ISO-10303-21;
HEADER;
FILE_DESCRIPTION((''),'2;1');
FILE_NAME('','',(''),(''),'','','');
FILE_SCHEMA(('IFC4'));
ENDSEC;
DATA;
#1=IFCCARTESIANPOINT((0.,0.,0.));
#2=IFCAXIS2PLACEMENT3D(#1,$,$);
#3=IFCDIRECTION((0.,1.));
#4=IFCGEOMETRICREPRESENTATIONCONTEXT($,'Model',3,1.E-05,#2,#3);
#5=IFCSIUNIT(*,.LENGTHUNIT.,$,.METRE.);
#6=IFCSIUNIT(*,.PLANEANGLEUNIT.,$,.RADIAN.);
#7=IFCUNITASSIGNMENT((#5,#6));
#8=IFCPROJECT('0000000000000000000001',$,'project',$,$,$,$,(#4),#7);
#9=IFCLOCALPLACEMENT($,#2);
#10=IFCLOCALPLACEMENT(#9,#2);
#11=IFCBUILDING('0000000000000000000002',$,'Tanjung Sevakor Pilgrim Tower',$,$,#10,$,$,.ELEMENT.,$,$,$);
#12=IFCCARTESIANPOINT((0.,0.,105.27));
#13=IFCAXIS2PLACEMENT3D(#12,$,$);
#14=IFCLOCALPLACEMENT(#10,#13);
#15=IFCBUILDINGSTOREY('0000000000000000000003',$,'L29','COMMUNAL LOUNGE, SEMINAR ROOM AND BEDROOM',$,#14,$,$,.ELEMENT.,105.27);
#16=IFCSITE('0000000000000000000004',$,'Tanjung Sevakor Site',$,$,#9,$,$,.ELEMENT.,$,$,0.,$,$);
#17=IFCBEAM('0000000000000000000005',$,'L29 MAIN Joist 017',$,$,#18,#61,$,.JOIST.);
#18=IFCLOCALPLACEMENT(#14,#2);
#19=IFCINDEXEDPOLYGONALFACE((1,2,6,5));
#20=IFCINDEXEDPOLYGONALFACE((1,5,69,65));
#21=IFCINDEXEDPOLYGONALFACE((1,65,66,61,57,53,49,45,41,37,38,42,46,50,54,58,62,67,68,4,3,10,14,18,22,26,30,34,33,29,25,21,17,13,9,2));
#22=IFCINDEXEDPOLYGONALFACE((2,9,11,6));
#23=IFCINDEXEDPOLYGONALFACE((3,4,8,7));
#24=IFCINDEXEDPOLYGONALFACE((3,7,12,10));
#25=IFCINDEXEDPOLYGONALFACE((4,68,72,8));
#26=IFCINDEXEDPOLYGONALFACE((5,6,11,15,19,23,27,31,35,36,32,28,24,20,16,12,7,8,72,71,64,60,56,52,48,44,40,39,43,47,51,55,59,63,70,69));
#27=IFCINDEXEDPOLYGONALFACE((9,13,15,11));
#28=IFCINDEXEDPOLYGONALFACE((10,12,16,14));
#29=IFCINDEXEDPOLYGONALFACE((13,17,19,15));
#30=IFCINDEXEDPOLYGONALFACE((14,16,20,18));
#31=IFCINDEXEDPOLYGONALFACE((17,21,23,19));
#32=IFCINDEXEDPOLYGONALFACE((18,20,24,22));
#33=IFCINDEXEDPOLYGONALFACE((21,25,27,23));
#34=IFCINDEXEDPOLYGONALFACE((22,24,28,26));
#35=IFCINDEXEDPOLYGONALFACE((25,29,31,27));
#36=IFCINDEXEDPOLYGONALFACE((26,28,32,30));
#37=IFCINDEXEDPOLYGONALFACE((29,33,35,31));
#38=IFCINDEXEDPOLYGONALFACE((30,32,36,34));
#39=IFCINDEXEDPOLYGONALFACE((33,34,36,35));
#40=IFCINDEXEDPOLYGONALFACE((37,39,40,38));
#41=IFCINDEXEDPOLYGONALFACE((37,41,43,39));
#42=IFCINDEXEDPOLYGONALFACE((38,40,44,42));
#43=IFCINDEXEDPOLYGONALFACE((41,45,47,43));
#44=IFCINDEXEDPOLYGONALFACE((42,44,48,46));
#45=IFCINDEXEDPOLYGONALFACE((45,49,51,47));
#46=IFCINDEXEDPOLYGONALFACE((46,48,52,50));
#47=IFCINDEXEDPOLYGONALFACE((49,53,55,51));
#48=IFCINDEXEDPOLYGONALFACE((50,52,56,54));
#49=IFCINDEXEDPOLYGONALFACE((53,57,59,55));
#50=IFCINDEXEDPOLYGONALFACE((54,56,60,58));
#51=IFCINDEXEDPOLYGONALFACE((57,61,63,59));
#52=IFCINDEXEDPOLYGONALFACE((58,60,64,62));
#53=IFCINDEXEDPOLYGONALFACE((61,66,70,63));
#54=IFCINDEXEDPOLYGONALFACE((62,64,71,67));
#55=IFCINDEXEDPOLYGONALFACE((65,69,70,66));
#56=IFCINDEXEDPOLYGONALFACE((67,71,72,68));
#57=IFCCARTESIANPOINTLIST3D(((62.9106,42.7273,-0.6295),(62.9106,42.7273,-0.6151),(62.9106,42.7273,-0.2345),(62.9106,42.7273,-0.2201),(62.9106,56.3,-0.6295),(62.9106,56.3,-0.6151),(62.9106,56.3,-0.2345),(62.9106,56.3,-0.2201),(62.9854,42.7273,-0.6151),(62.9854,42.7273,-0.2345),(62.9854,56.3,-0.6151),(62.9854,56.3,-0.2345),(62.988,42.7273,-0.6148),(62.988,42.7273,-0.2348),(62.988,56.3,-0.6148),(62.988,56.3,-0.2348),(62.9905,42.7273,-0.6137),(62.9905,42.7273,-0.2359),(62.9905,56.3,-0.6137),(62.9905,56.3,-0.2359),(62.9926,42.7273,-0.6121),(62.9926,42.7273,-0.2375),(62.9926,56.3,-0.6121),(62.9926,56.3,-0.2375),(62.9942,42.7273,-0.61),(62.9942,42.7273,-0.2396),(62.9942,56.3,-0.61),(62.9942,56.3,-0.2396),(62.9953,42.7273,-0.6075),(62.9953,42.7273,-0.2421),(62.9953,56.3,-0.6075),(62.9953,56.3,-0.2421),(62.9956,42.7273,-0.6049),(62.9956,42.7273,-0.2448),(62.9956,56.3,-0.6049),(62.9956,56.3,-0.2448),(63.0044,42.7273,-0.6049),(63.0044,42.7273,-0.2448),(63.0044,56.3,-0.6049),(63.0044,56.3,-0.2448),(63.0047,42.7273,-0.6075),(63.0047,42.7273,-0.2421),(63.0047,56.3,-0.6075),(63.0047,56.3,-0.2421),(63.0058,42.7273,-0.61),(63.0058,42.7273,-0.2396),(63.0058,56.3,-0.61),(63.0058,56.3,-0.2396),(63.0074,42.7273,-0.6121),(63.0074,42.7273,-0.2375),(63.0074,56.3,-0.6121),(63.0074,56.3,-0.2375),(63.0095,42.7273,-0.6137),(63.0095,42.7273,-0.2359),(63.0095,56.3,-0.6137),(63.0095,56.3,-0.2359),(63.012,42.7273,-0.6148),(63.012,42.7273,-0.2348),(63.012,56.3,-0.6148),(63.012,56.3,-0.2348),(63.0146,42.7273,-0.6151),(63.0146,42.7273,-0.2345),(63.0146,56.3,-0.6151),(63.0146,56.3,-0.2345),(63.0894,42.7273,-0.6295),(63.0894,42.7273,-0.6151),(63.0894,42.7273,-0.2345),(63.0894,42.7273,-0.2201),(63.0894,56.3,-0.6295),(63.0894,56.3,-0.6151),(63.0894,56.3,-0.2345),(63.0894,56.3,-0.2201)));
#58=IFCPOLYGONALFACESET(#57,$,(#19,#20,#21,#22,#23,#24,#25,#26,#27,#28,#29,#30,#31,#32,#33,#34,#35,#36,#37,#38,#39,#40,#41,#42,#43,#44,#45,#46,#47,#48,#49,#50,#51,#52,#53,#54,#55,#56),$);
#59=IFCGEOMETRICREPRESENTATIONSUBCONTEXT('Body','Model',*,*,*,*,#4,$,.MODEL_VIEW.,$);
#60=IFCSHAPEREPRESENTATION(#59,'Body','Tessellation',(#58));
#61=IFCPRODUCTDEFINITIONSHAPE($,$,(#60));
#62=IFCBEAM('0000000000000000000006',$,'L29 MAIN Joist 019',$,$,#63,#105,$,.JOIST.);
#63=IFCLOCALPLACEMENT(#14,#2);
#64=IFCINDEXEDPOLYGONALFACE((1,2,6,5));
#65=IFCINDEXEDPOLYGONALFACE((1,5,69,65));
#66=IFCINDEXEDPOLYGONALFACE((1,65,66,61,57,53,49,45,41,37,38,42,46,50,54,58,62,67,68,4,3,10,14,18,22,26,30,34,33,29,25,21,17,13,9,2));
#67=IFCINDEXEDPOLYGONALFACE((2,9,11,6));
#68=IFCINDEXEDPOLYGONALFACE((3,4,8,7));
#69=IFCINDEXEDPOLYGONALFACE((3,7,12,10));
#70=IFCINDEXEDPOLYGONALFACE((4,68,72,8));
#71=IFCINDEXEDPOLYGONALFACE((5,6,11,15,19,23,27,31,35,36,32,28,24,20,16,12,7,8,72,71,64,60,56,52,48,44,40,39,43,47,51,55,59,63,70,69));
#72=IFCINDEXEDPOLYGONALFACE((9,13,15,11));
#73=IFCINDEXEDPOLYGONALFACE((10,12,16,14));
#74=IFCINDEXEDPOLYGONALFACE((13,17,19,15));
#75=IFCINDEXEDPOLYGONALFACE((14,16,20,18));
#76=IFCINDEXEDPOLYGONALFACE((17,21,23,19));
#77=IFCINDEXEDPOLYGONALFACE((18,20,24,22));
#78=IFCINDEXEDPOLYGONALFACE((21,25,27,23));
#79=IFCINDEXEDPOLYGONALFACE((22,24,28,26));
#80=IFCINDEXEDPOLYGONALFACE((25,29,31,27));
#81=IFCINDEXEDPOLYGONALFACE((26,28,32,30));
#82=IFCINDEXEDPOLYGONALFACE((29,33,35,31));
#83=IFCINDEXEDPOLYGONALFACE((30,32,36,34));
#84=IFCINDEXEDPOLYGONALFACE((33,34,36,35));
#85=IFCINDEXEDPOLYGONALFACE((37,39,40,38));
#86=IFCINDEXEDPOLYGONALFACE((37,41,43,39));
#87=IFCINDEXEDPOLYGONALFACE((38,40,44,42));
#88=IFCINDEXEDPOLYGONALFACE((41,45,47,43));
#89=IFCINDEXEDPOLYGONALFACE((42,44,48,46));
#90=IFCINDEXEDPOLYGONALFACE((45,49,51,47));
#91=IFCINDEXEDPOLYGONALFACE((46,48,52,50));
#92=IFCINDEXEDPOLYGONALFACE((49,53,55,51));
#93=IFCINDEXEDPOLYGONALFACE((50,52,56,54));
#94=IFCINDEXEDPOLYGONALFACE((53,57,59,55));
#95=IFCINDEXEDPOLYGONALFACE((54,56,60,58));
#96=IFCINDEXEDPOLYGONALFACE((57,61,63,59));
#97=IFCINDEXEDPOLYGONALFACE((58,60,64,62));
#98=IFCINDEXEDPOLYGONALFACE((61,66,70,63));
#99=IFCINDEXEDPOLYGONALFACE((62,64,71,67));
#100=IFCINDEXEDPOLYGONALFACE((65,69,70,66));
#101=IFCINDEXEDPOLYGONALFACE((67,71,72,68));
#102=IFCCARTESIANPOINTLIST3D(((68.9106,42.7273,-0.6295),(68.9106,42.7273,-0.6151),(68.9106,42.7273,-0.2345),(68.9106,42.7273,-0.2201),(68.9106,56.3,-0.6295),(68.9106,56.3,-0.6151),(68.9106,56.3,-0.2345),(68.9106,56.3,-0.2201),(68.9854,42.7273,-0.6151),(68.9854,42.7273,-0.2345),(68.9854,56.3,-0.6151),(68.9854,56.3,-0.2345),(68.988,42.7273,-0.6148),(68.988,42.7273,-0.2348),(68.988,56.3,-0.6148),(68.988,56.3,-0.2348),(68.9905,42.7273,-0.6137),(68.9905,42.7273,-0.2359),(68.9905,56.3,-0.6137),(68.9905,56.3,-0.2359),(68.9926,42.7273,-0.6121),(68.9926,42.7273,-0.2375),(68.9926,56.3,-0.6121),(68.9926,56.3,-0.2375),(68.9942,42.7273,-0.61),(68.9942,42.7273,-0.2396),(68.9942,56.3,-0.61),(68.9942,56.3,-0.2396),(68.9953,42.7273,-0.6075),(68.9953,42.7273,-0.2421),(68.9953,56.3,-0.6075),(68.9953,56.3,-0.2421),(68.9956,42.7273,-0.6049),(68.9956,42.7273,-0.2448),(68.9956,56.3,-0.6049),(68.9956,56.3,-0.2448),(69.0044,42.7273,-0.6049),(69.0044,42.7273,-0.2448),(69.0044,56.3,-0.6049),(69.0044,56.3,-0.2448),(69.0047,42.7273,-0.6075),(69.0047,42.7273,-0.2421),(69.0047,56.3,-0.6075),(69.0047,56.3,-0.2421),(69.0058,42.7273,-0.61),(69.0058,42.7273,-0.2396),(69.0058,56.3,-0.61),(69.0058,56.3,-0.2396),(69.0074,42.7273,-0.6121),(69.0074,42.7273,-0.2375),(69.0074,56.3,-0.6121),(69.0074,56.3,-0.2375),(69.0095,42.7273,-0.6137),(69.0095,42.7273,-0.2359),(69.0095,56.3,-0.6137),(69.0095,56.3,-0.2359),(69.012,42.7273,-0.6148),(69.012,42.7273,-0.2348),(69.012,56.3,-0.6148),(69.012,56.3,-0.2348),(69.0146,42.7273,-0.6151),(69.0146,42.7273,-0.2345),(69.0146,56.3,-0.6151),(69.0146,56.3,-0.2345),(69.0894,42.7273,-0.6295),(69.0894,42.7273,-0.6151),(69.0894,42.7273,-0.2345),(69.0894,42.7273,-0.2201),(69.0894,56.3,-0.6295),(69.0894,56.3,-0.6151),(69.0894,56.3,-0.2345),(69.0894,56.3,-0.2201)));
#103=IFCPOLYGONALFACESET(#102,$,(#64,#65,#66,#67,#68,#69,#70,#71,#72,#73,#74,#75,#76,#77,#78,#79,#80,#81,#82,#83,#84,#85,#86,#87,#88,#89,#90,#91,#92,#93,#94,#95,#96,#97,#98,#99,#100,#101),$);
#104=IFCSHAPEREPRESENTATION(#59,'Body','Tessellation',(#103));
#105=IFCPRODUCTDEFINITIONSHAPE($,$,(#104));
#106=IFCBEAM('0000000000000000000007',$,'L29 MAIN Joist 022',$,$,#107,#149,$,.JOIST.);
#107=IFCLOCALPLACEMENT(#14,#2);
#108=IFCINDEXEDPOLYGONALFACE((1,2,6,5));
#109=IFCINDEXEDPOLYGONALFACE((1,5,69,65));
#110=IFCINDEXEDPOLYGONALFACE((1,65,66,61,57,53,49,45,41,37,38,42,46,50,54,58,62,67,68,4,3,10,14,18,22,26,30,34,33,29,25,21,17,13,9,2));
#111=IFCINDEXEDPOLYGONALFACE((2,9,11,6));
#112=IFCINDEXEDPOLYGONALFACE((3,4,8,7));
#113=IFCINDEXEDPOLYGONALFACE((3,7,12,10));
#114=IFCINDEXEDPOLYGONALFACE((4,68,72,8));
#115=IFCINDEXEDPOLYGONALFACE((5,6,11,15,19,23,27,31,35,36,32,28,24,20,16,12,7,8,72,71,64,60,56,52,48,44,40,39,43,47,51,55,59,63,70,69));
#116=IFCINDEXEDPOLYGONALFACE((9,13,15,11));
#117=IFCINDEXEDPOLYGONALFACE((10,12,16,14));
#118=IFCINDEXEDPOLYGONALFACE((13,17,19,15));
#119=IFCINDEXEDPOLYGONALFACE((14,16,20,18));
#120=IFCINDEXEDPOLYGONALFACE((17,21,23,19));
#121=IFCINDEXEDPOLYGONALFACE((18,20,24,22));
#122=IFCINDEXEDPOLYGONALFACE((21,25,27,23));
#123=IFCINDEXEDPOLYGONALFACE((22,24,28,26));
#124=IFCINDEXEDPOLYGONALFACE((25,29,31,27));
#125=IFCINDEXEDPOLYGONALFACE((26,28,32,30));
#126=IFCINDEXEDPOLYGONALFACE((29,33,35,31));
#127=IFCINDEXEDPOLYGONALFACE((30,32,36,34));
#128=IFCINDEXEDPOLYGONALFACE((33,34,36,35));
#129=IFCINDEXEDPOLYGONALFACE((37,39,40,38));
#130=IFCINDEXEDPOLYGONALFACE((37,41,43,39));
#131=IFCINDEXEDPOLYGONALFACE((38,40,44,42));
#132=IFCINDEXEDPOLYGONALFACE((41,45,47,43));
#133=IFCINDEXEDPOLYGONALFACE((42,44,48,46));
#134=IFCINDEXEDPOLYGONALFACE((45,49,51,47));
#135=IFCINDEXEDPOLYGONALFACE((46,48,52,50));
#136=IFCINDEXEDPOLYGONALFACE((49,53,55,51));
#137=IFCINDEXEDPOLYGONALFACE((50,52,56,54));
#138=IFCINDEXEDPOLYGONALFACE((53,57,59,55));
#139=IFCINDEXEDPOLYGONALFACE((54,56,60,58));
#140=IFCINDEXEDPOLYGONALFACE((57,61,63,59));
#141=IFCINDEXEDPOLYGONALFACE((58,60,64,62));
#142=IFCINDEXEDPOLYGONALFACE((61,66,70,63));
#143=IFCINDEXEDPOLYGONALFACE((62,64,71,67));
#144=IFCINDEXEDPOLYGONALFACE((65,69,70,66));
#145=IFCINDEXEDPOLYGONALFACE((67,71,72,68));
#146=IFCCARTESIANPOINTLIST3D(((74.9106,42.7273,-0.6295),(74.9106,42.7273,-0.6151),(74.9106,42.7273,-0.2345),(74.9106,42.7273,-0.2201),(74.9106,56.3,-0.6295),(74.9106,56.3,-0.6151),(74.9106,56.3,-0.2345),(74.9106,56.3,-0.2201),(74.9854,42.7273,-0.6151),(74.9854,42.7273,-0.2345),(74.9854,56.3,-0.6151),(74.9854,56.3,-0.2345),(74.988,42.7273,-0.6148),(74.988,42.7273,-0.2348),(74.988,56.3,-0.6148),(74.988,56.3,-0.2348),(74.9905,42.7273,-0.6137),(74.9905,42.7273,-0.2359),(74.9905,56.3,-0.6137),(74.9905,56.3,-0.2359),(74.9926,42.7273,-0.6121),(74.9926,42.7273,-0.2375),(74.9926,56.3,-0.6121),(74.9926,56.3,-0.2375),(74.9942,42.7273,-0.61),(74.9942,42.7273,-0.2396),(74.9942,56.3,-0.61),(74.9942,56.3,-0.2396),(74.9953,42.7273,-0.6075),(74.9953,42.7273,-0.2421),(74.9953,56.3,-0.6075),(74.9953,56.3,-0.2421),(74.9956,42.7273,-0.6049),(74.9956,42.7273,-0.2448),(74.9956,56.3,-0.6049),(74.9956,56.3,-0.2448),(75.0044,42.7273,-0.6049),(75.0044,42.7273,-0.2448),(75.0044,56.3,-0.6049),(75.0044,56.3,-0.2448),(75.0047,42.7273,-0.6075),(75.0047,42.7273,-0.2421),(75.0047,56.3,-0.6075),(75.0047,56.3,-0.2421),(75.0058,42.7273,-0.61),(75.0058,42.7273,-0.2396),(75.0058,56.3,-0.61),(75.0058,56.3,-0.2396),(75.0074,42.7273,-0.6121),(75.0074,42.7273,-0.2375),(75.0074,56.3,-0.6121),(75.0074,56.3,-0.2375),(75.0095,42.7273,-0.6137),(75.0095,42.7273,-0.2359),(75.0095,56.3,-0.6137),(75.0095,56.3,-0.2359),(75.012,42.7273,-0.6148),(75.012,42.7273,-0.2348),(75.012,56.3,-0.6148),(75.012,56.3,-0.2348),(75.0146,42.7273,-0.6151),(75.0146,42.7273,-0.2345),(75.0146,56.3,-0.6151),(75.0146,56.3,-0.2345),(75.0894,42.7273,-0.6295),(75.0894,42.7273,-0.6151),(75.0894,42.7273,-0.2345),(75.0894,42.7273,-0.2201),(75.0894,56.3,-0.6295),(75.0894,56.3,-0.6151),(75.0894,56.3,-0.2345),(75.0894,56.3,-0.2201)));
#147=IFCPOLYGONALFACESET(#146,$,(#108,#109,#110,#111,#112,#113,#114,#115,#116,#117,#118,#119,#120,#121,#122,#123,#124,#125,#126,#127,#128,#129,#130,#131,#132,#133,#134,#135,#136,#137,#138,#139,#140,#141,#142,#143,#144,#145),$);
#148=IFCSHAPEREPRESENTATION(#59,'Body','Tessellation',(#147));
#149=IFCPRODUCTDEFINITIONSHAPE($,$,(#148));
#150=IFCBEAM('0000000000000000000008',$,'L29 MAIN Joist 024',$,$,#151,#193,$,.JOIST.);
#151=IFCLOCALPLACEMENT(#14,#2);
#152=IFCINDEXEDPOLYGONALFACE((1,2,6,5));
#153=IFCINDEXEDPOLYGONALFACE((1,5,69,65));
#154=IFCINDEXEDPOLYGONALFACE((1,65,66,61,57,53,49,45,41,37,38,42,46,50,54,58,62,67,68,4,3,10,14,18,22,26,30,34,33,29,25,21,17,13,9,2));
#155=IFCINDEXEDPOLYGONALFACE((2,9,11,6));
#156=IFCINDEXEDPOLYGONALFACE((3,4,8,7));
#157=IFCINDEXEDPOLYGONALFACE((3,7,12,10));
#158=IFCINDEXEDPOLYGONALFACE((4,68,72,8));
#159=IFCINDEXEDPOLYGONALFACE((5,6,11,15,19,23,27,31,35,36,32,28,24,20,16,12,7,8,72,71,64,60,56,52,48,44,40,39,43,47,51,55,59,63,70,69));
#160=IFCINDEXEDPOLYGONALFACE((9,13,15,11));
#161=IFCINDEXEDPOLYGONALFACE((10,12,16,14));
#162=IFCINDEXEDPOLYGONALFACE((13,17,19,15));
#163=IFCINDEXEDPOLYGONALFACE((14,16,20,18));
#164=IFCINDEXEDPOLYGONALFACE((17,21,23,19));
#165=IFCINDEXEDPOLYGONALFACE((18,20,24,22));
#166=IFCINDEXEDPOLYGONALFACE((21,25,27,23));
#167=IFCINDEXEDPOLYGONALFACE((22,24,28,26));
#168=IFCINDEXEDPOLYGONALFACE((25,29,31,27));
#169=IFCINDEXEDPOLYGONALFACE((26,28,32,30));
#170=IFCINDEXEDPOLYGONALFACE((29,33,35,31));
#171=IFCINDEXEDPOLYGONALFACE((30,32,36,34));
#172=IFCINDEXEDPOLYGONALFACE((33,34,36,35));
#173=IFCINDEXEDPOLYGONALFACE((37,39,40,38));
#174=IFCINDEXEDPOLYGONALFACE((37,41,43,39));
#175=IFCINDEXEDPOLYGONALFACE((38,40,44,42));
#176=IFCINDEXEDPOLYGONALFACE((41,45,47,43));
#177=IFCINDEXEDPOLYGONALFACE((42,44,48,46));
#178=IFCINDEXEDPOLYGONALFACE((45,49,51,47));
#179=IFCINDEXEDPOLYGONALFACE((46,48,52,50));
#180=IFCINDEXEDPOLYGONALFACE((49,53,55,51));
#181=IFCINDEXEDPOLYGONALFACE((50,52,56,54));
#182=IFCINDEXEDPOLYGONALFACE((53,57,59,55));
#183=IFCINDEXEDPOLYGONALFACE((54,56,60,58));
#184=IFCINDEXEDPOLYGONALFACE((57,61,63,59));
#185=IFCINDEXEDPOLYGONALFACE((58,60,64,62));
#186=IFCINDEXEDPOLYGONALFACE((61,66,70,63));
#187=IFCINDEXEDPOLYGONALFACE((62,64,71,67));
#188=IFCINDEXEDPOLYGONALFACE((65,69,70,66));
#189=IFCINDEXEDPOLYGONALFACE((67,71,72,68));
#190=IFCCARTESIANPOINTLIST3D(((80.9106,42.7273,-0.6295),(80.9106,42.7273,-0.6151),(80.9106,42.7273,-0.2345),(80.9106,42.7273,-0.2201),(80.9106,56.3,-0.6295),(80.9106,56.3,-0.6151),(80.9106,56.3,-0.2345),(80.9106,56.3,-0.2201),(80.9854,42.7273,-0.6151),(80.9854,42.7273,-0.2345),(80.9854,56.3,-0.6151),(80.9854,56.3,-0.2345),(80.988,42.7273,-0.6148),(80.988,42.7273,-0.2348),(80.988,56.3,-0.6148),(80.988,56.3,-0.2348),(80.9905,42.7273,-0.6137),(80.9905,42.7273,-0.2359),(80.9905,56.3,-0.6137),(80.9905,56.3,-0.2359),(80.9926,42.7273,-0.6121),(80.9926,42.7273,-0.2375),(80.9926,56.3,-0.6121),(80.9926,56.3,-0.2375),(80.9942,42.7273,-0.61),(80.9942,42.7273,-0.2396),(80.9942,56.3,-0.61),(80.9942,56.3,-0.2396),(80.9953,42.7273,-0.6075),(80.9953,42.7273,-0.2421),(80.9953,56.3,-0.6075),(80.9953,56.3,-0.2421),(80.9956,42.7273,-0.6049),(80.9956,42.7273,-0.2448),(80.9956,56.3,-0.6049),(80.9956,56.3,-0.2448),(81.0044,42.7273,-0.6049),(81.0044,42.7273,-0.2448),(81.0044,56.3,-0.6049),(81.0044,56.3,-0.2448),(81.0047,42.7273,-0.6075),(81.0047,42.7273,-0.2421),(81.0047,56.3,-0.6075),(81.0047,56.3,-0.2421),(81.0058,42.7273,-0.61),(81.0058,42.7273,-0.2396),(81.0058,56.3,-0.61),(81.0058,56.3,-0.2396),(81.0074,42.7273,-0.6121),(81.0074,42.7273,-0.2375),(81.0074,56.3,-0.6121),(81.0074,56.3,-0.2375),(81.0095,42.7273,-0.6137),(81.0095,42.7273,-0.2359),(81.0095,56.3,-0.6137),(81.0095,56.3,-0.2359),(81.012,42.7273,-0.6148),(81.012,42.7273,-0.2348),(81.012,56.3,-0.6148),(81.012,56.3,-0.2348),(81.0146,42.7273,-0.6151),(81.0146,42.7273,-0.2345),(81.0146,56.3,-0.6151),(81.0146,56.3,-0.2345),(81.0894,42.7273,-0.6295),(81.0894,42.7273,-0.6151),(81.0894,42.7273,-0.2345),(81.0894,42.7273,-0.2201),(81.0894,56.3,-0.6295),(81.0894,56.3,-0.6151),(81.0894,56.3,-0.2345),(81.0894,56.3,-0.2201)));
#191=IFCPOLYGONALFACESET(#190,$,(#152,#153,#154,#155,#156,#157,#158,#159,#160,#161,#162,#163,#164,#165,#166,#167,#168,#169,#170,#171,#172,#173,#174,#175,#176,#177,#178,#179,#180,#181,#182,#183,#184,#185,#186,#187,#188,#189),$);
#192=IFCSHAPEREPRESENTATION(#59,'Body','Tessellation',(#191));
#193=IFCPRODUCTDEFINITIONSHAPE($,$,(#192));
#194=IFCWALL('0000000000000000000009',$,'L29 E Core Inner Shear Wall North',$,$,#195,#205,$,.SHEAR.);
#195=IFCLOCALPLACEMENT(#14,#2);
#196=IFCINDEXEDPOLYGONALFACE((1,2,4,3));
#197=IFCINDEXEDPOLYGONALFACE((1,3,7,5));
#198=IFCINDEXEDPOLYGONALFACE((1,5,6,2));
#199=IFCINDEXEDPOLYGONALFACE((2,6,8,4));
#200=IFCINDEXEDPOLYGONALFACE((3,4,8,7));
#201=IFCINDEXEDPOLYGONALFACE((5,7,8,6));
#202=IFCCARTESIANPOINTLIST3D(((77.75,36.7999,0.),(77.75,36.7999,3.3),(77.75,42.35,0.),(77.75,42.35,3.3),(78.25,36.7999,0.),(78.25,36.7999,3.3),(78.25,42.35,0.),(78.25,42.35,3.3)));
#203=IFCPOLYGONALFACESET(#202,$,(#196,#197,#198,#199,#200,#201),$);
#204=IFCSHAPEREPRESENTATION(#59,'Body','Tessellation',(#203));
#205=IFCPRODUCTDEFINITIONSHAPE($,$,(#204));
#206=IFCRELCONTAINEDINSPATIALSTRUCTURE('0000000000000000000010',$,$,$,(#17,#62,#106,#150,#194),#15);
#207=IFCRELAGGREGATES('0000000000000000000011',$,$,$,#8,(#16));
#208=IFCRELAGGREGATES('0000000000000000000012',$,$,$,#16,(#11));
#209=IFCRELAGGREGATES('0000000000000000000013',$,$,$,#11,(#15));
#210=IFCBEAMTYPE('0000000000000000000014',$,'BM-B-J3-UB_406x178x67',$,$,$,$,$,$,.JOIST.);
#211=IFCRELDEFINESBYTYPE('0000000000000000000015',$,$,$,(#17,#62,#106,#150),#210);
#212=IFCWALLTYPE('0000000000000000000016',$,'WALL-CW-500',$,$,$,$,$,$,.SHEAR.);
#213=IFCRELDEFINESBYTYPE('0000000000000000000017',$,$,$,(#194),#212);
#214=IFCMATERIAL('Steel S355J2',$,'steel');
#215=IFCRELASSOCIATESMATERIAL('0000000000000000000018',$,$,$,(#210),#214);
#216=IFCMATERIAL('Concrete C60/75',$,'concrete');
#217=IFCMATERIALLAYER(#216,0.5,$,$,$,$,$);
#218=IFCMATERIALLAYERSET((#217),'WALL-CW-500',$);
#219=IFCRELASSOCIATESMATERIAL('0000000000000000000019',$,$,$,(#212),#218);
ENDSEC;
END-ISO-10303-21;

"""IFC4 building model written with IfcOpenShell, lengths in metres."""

from ifc_helpers import new_model, si_unit, direction, frame, frame_2d, origin, origin_2d, place, context, subcontext, project, spatial, rectangle, i_section, extrude, material, layer, layer_set, material_profile, profile_set, type_object, element, save


model = new_model("IFC4")

# Units and contexts
model_context = context("Model", 3, precision=1e-05, world=origin(), true_north=direction((0.0, 1.0)))
body_context = subcontext(model_context, "Body", "Model", "MODEL_VIEW")
ifc_project = project(units=[si_unit("LENGTHUNIT", "METRE"), si_unit("PLANEANGLEUNIT", "RADIAN")], contexts=[model_context])

# Site, building, storey
site_placement = place(None, origin())
site = spatial("IfcSite", under=ifc_project, at=site_placement, Name="Tanjung Sevakor Site", CompositionType="ELEMENT", RefElevation=0.0)
building_placement = place(site_placement, origin())
building = spatial("IfcBuilding", under=site, at=building_placement, Name="Tanjung Sevakor Pilgrim Tower", CompositionType="ELEMENT")
storey_placement = place(building_placement, frame((0.0, 0.0, 105.27)))
storey = spatial("IfcBuildingStorey", under=building, at=storey_placement, Name="L29", Description="COMMUNAL LOUNGE, SEMINAR ROOM AND BEDROOM", CompositionType="ELEMENT", Elevation=105.27)

# Beams
ifc_material_1 = material(Name="Steel S355J2", Category="steel")
ifc_material_profile_1 = material_profile(ifc_material_1, i_section(OverallWidth=0.1787, OverallDepth=0.4094, WebThickness=0.0088, FlangeThickness=0.0144, FilletRadius=0.0103, at=origin_2d()))
ifc_profile_set_1 = profile_set([ifc_material_profile_1], Name="Steel S355J2")
beam_type_1 = type_object("IfcBeamType", Name="BM-B-J3-UB_406x178x67", PredefinedType="JOIST", material=ifc_profile_set_1)
for number, where, z_axis, x_axis, name in (
    (1, (63.0, 42.7273, -0.4248), (0.0, 1.0, 0.0), (-1.0, 0.0, 0.0), "L29 MAIN Joist 017"),
    (2, (69.0, 42.7273, -0.4248), (0.0, 1.0, 0.0), (-1.0, 0.0, 0.0), "L29 MAIN Joist 019"),
    (3, (75.0, 42.7273, -0.4248), (0.0, 1.0, 0.0), (-1.0, 0.0, 0.0), "L29 MAIN Joist 022"),
    (4, (81.0, 42.7273, -0.4248), (0.0, 1.0, 0.0), (-1.0, 0.0, 0.0), "L29 MAIN Joist 024"),
):
    element("IfcBeam", number, at=place(storey_placement, frame(where, z_axis=z_axis, x_axis=x_axis)), inside=storey, type_object=beam_type_1, Name=name, PredefinedType="JOIST", context=body_context, shape_type="SweptSolid", body=[
        extrude(i_section(OverallWidth=0.1787, OverallDepth=0.4094, WebThickness=0.0088, FlangeThickness=0.0144, FilletRadius=0.0103, at=origin_2d()), origin(), (0.0, 0.0, 1.0), 13.5728),
    ])

# Wall
ifc_material_2 = material(Name="Concrete C60/75", Category="concrete")
ifc_layer_1 = layer(ifc_material_2, 0.5)
ifc_layer_set_1 = layer_set([ifc_layer_1], Name="WALL-CW-500")
wall_type_1 = type_object("IfcWallType", Name="WALL-CW-500", PredefinedType="SHEAR", material=ifc_layer_set_1)
wall_1_placement = place(storey_placement, frame((78.0, 36.8, 0.0), z_axis=(0.0, 0.0, 1.0), x_axis=(0.0, 1.0, 0.0)))
element("IfcWall", 5, at=wall_1_placement, inside=storey, type_object=wall_type_1, Name="L29 E Core Inner Shear Wall North", PredefinedType="SHEAR", context=body_context, shape_type="SweptSolid", body=[
    extrude(rectangle(XDim=5.55, YDim=0.5, at=frame_2d((2.7749, 0.0))), origin(), (0.0, 0.0, 1.0), 3.3),
])

save(model, "model.ifc")
